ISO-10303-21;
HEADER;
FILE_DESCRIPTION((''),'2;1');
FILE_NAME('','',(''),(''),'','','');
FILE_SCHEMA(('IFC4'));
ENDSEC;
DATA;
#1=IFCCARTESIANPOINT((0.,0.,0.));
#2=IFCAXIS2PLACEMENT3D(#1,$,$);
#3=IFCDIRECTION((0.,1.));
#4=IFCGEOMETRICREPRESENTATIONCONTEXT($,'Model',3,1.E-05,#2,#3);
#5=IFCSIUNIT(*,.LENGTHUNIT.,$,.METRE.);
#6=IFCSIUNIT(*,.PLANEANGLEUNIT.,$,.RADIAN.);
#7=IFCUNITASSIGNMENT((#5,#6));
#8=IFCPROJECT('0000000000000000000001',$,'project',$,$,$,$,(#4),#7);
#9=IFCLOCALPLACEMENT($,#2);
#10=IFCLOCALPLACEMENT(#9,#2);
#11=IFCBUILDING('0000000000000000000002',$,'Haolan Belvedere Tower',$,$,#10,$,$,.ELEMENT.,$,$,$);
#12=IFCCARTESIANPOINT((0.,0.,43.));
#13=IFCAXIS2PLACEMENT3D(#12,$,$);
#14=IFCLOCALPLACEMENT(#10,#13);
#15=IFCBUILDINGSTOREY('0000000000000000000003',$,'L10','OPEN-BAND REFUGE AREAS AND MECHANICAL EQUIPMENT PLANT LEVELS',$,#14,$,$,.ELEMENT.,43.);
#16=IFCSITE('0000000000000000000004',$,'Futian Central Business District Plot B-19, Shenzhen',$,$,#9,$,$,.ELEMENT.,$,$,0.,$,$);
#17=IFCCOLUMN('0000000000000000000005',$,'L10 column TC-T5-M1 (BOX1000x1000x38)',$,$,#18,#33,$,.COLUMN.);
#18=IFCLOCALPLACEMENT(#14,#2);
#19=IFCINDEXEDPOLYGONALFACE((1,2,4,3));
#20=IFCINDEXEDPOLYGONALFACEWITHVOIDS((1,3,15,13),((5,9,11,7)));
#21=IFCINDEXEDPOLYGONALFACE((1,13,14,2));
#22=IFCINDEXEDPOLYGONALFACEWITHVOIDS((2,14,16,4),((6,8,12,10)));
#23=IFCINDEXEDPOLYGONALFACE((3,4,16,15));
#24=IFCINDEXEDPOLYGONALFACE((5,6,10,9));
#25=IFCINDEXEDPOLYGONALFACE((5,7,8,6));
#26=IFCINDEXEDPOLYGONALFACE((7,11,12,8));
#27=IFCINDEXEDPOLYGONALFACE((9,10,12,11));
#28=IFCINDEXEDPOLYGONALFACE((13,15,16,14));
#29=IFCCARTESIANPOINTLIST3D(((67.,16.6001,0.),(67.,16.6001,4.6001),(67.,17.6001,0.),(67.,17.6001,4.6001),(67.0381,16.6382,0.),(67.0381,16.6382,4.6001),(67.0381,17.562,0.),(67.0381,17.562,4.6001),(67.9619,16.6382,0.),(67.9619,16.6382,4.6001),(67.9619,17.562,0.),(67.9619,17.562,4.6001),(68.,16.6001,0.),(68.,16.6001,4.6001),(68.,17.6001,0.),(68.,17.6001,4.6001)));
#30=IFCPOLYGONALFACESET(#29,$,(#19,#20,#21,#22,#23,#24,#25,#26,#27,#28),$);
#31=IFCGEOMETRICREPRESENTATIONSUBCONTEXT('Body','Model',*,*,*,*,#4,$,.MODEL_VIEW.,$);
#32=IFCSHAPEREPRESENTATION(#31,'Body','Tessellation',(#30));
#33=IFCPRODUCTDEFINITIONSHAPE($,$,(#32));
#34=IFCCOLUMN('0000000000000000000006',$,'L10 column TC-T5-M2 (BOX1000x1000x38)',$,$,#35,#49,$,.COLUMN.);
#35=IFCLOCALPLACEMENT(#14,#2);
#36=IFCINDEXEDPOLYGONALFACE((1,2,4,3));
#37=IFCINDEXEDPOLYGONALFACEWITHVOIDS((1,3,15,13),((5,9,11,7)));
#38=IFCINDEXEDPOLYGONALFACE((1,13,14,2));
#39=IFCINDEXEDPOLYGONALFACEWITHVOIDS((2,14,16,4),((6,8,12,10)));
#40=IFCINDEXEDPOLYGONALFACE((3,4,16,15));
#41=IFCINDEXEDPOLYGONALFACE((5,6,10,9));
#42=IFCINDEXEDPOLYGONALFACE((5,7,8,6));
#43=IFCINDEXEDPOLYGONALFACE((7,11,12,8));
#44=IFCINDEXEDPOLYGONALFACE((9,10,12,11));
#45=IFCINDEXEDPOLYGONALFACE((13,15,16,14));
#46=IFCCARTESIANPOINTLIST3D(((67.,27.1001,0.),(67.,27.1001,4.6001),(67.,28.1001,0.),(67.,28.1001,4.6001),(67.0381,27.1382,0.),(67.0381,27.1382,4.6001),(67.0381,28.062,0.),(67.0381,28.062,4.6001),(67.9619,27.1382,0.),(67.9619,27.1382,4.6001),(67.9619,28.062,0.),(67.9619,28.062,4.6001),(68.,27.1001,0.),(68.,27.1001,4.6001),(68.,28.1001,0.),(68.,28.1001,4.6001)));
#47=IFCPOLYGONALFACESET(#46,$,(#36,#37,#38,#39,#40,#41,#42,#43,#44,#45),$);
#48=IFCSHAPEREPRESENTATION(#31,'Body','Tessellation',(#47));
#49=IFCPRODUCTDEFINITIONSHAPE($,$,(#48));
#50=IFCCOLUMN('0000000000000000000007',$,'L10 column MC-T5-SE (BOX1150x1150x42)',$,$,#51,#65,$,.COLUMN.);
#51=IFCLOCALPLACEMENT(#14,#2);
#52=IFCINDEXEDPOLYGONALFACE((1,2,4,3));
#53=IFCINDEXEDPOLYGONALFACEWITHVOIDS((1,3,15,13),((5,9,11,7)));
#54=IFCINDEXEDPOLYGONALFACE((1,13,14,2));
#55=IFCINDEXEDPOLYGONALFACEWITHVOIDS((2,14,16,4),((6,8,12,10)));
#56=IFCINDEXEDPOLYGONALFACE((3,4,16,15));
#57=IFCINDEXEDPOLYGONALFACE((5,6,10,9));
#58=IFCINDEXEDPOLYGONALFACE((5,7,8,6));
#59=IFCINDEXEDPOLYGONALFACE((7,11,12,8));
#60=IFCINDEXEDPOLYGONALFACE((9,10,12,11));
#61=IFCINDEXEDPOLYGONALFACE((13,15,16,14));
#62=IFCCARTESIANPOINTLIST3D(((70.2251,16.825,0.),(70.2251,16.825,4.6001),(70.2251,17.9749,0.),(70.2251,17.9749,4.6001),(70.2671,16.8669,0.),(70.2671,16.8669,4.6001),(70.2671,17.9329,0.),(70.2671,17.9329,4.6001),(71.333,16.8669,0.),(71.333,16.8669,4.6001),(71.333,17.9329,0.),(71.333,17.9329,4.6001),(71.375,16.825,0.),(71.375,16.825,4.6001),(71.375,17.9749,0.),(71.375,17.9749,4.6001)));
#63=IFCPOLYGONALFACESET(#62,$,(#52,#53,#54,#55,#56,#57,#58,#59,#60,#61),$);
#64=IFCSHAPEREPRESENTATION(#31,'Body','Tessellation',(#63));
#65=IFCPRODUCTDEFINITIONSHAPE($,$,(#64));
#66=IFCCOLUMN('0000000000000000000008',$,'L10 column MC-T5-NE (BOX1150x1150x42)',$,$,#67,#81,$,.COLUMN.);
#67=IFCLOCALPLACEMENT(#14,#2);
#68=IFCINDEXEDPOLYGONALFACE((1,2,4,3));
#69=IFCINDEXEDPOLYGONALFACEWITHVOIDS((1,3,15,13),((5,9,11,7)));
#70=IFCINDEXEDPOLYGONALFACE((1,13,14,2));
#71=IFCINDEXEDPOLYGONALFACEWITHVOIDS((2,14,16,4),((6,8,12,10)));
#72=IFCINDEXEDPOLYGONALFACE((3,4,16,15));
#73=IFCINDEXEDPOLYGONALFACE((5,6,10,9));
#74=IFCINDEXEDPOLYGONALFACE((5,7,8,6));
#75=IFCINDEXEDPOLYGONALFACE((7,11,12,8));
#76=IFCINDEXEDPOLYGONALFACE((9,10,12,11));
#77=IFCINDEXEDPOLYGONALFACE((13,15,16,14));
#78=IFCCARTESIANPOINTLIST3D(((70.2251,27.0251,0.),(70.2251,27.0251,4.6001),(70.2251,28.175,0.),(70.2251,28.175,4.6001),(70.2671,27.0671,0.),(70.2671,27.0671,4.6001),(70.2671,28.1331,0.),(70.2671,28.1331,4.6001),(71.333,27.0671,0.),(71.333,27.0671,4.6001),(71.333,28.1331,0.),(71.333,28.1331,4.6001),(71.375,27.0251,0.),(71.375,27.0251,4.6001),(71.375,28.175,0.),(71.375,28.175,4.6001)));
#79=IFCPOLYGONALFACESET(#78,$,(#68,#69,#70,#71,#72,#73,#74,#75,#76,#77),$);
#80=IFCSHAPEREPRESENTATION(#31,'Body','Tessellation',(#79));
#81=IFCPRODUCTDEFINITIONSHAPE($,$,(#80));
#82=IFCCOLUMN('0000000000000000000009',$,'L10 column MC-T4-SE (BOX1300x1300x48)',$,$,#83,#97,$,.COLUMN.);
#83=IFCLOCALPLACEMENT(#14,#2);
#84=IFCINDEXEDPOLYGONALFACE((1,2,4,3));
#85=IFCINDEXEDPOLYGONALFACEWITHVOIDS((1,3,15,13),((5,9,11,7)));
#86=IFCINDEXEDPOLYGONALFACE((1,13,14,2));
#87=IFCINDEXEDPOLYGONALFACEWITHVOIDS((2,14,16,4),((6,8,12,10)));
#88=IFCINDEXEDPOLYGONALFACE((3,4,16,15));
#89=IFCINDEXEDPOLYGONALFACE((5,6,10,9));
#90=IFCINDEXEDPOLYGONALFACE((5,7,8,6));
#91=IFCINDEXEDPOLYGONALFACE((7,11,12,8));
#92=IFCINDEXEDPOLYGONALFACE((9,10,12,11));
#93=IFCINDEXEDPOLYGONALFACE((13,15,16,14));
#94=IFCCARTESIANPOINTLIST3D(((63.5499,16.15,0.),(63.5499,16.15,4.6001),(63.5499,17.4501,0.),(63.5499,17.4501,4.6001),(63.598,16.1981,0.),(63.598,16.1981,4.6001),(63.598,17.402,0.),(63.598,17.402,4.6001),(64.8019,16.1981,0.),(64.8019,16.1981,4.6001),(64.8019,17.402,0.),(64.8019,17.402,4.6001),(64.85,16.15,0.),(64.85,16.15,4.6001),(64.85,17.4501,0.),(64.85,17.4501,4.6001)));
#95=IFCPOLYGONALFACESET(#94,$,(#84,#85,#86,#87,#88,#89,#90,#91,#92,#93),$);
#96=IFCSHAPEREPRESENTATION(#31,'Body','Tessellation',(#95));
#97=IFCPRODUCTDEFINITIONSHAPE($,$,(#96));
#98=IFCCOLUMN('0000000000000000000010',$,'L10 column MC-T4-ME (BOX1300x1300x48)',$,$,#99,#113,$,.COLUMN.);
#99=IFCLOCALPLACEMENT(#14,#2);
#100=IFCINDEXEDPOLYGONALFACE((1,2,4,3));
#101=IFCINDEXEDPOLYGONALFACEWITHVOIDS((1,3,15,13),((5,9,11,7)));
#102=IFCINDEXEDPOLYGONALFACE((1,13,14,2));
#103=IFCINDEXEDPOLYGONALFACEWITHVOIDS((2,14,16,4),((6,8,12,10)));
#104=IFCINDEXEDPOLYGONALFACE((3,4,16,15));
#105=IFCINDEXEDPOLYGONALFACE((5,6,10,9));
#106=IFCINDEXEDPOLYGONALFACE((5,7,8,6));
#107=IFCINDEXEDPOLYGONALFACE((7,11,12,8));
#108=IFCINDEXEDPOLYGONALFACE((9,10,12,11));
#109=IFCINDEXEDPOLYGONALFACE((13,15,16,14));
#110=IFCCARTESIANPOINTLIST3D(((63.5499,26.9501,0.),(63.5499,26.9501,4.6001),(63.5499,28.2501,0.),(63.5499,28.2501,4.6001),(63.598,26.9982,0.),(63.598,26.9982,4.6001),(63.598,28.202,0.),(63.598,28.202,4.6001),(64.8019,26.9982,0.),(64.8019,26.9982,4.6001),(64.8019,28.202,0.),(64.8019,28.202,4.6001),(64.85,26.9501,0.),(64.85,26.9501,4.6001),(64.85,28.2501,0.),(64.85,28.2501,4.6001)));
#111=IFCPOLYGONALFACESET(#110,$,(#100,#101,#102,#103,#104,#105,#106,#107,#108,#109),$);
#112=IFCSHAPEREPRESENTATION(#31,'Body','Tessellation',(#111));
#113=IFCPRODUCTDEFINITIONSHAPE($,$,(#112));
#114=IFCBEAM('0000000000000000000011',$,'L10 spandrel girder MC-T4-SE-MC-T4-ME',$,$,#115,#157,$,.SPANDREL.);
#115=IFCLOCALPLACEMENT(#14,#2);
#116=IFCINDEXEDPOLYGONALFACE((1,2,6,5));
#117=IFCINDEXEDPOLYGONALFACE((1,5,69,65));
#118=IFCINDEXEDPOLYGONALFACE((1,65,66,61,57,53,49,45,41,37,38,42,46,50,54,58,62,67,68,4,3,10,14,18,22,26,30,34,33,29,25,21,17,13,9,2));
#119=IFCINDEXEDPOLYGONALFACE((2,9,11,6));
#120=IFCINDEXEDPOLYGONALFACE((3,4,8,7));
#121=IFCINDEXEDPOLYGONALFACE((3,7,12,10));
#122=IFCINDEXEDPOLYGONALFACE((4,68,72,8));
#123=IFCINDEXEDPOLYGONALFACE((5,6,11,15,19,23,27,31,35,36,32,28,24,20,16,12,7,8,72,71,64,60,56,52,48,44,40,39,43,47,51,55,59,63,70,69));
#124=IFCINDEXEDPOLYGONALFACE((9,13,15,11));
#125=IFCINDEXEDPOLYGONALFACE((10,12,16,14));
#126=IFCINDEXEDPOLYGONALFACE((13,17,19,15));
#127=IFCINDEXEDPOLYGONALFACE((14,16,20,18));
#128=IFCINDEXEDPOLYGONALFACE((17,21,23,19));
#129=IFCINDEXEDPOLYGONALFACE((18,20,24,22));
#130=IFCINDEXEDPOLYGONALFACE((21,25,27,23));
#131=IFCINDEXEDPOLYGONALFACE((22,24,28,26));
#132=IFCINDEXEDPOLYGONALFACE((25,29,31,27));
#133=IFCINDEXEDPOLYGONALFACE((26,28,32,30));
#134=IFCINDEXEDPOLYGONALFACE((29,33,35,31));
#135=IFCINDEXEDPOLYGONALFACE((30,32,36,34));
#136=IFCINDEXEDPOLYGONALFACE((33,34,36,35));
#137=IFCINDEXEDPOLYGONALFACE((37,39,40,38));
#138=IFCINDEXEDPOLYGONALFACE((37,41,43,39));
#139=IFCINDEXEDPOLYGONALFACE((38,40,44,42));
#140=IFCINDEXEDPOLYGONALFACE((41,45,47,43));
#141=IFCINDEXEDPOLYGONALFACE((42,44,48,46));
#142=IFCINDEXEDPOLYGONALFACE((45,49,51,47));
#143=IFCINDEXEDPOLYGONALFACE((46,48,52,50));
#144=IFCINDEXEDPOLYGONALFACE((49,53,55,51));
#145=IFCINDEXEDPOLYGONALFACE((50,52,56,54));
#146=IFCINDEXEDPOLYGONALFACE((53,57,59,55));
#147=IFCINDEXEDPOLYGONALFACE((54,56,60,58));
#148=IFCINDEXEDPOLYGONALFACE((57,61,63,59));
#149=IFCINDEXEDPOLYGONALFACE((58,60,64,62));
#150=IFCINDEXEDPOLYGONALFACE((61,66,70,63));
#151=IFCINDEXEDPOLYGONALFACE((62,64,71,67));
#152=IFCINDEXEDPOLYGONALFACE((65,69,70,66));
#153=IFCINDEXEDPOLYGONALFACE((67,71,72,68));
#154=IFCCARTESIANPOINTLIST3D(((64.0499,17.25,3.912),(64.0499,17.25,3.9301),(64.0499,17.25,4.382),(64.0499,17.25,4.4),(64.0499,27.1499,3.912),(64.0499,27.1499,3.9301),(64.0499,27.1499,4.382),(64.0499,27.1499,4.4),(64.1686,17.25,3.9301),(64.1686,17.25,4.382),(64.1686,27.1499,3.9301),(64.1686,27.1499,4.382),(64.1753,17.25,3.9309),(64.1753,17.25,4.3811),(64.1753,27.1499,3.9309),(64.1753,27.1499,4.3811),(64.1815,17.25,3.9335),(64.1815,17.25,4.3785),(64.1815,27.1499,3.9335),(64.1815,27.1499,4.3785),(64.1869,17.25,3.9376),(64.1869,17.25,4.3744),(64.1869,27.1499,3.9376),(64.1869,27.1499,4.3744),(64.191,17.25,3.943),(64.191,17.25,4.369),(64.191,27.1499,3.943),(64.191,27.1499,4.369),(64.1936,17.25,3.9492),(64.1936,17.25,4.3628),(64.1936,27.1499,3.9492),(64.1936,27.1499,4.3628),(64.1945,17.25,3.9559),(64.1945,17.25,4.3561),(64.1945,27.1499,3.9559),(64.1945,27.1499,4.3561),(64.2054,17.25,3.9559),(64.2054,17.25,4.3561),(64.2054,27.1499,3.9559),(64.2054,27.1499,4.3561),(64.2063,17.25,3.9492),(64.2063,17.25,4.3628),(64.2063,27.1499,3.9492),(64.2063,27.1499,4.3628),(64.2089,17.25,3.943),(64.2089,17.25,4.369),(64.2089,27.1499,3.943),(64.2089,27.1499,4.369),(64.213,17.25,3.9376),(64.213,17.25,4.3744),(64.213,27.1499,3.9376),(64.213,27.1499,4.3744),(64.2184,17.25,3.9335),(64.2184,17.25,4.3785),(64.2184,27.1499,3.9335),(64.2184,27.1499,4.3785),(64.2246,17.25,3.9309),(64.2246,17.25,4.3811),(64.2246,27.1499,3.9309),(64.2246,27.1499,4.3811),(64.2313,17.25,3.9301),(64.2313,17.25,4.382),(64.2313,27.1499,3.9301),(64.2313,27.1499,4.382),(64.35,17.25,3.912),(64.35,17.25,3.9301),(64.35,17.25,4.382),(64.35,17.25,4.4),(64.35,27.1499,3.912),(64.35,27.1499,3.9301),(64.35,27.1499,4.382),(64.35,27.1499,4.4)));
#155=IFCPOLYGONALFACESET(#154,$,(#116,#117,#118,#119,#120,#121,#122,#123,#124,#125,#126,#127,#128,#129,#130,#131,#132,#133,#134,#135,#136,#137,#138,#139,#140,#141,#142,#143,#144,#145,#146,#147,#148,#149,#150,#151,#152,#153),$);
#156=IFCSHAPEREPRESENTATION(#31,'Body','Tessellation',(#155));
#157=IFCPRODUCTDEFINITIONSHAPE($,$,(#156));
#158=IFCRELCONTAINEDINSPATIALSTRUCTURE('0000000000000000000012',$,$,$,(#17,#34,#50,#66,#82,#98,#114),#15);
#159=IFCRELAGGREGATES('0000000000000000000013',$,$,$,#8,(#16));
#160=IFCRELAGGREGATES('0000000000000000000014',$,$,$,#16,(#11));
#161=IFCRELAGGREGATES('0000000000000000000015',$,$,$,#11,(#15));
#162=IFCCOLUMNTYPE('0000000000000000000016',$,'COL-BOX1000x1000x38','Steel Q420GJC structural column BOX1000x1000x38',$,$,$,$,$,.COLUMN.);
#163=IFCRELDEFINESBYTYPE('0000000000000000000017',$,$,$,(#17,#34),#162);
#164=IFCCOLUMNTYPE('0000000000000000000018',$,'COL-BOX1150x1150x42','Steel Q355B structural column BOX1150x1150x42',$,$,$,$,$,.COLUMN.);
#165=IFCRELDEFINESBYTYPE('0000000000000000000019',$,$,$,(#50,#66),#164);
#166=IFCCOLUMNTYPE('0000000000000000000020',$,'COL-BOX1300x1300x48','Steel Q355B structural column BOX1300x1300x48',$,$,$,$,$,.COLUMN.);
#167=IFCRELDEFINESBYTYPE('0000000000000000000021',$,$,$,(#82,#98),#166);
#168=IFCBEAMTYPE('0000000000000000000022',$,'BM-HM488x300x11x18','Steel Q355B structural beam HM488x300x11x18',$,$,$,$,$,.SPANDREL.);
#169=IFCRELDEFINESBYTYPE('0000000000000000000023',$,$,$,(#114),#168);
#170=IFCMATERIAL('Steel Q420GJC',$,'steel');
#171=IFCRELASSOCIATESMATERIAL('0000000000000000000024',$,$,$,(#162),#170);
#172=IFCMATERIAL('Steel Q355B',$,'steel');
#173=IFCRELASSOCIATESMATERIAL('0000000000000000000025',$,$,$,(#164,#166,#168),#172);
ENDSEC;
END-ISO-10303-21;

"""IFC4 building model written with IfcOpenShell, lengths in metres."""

from ifc_helpers import new_model, si_unit, direction, frame, origin, origin_2d, place, context, subcontext, project, spatial, hollow_rectangle, i_section, extrude, material, material_profile, profile_set, type_object, element, save


model = new_model("IFC4")

# Units and contexts
model_context = context("Model", 3, precision=1e-05, world=origin(), true_north=direction((0.0, 1.0)))
body_context = subcontext(model_context, "Body", "Model", "MODEL_VIEW")
ifc_project = project(units=[si_unit("LENGTHUNIT", "METRE"), si_unit("PLANEANGLEUNIT", "RADIAN")], contexts=[model_context])

# Site, building, storey
site_placement = place(None, origin())
site = spatial("IfcSite", under=ifc_project, at=site_placement, Name="Futian Central Business District Plot B-19, Shenzhen", CompositionType="ELEMENT", RefElevation=0.0)
building_placement = place(site_placement, origin())
building = spatial("IfcBuilding", under=site, at=building_placement, Name="Haolan Belvedere Tower", CompositionType="ELEMENT")
storey_placement = place(building_placement, frame((0.0, 0.0, 43.0)))
storey = spatial("IfcBuildingStorey", under=building, at=storey_placement, Name="L10", Description="OPEN-BAND REFUGE AREAS AND MECHANICAL EQUIPMENT PLANT LEVELS", CompositionType="ELEMENT", Elevation=43.0)

# Columns
ifc_material_1 = material(Name="Steel Q420GJC", Category="steel")
ifc_material_profile_1 = material_profile(ifc_material_1, hollow_rectangle(XDim=1.0, YDim=1.0, WallThickness=0.0381, at=origin_2d()), Name="Steel Q420GJC")
ifc_profile_set_1 = profile_set([ifc_material_profile_1], Name="Steel Q420GJC")
column_type_1 = type_object("IfcColumnType", Name="COL-BOX1000x1000x38", Description="Steel Q420GJC structural column BOX1000x1000x38", PredefinedType="COLUMN", material=ifc_profile_set_1)
for number, where, z_axis, x_axis, name in (
    (1, (67.5, 17.1001, 0.0), (0.0, 0.0, 1.0), (1.0, 0.0, 0.0), "L10 column TC-T5-M1 (BOX1000x1000x38)"),
    (2, (67.5, 27.6001, 0.0), (0.0, 0.0, 1.0), (1.0, 0.0, 0.0), "L10 column TC-T5-M2 (BOX1000x1000x38)"),
):
    element("IfcColumn", number, at=place(storey_placement, frame(where, z_axis=z_axis, x_axis=x_axis)), inside=storey, type_object=column_type_1, Name=name, PredefinedType="COLUMN", context=body_context, shape_type="SweptSolid", body=[
        extrude(hollow_rectangle(XDim=1.0, YDim=1.0, WallThickness=0.0381, at=origin_2d()), origin(), (0.0, 0.0, 1.0), 4.6001),
    ])
ifc_material_2 = material(Name="Steel Q355B", Category="steel")
ifc_material_profile_2 = material_profile(ifc_material_2, hollow_rectangle(XDim=1.1499, YDim=1.1499, WallThickness=0.042, at=origin_2d()), Name="Steel Q355B")
ifc_profile_set_2 = profile_set([ifc_material_profile_2], Name="Steel Q355B")
column_type_2 = type_object("IfcColumnType", Name="COL-BOX1150x1150x42", Description="Steel Q355B structural column BOX1150x1150x42", PredefinedType="COLUMN", material=ifc_profile_set_2)
for number, where, z_axis, x_axis, name in (
    (3, (70.8, 17.3999, 0.0), (0.0, 0.0, 1.0), (1.0, 0.0, 0.0), "L10 column MC-T5-SE (BOX1150x1150x42)"),
    (4, (70.8, 27.6001, 0.0), (0.0, 0.0, 1.0), (1.0, 0.0, 0.0), "L10 column MC-T5-NE (BOX1150x1150x42)"),
):
    element("IfcColumn", number, at=place(storey_placement, frame(where, z_axis=z_axis, x_axis=x_axis)), inside=storey, type_object=column_type_2, Name=name, PredefinedType="COLUMN", context=body_context, shape_type="SweptSolid", body=[
        extrude(hollow_rectangle(XDim=1.1499, YDim=1.1499, WallThickness=0.042, at=origin_2d()), origin(), (0.0, 0.0, 1.0), 4.6001),
    ])
ifc_material_profile_3 = material_profile(ifc_material_2, hollow_rectangle(XDim=1.3, YDim=1.3, WallThickness=0.0481, at=origin_2d()), Name="Steel Q355B")
ifc_profile_set_3 = profile_set([ifc_material_profile_3], Name="Steel Q355B")
column_type_3 = type_object("IfcColumnType", Name="COL-BOX1300x1300x48", Description="Steel Q355B structural column BOX1300x1300x48", PredefinedType="COLUMN", material=ifc_profile_set_3)
for number, where, z_axis, x_axis, name in (
    (5, (64.2, 16.8, 0.0), (0.0, 0.0, 1.0), (1.0, 0.0, 0.0), "L10 column MC-T4-SE (BOX1300x1300x48)"),
    (6, (64.2, 27.6001, 0.0), (0.0, 0.0, 1.0), (1.0, 0.0, 0.0), "L10 column MC-T4-ME (BOX1300x1300x48)"),
):
    element("IfcColumn", number, at=place(storey_placement, frame(where, z_axis=z_axis, x_axis=x_axis)), inside=storey, type_object=column_type_3, Name=name, PredefinedType="COLUMN", context=body_context, shape_type="SweptSolid", body=[
        extrude(hollow_rectangle(XDim=1.3, YDim=1.3, WallThickness=0.0481, at=origin_2d()), origin(), (0.0, 0.0, 1.0), 4.6001),
    ])

# Beam
ifc_material_profile_4 = material_profile(ifc_material_2, i_section(OverallWidth=0.3, OverallDepth=0.488, WebThickness=0.011, FlangeThickness=0.0181, FilletRadius=0.0259, at=origin_2d()), Name="Steel Q355B")
ifc_profile_set_4 = profile_set([ifc_material_profile_4], Name="Steel Q355B")
beam_type = type_object("IfcBeamType", Name="BM-HM488x300x11x18", Description="Steel Q355B structural beam HM488x300x11x18", PredefinedType="SPANDREL", material=ifc_profile_set_4)
beam_1_placement = place(storey_placement, frame((64.2, 17.25, 4.156), z_axis=(0.0, 1.0, 0.0), x_axis=(-1.0, 0.0, 0.0)))
element("IfcBeam", 7, at=beam_1_placement, inside=storey, type_object=beam_type, Name="L10 spandrel girder MC-T4-SE-MC-T4-ME", PredefinedType="SPANDREL", context=body_context, shape_type="SweptSolid", body=[
    extrude(i_section(OverallWidth=0.3, OverallDepth=0.488, WebThickness=0.011, FlangeThickness=0.0181, FilletRadius=0.0259, at=origin_2d()), origin(), (0.0, 0.0, 1.0), 9.8999),
])

save(model, "model.ifc")
